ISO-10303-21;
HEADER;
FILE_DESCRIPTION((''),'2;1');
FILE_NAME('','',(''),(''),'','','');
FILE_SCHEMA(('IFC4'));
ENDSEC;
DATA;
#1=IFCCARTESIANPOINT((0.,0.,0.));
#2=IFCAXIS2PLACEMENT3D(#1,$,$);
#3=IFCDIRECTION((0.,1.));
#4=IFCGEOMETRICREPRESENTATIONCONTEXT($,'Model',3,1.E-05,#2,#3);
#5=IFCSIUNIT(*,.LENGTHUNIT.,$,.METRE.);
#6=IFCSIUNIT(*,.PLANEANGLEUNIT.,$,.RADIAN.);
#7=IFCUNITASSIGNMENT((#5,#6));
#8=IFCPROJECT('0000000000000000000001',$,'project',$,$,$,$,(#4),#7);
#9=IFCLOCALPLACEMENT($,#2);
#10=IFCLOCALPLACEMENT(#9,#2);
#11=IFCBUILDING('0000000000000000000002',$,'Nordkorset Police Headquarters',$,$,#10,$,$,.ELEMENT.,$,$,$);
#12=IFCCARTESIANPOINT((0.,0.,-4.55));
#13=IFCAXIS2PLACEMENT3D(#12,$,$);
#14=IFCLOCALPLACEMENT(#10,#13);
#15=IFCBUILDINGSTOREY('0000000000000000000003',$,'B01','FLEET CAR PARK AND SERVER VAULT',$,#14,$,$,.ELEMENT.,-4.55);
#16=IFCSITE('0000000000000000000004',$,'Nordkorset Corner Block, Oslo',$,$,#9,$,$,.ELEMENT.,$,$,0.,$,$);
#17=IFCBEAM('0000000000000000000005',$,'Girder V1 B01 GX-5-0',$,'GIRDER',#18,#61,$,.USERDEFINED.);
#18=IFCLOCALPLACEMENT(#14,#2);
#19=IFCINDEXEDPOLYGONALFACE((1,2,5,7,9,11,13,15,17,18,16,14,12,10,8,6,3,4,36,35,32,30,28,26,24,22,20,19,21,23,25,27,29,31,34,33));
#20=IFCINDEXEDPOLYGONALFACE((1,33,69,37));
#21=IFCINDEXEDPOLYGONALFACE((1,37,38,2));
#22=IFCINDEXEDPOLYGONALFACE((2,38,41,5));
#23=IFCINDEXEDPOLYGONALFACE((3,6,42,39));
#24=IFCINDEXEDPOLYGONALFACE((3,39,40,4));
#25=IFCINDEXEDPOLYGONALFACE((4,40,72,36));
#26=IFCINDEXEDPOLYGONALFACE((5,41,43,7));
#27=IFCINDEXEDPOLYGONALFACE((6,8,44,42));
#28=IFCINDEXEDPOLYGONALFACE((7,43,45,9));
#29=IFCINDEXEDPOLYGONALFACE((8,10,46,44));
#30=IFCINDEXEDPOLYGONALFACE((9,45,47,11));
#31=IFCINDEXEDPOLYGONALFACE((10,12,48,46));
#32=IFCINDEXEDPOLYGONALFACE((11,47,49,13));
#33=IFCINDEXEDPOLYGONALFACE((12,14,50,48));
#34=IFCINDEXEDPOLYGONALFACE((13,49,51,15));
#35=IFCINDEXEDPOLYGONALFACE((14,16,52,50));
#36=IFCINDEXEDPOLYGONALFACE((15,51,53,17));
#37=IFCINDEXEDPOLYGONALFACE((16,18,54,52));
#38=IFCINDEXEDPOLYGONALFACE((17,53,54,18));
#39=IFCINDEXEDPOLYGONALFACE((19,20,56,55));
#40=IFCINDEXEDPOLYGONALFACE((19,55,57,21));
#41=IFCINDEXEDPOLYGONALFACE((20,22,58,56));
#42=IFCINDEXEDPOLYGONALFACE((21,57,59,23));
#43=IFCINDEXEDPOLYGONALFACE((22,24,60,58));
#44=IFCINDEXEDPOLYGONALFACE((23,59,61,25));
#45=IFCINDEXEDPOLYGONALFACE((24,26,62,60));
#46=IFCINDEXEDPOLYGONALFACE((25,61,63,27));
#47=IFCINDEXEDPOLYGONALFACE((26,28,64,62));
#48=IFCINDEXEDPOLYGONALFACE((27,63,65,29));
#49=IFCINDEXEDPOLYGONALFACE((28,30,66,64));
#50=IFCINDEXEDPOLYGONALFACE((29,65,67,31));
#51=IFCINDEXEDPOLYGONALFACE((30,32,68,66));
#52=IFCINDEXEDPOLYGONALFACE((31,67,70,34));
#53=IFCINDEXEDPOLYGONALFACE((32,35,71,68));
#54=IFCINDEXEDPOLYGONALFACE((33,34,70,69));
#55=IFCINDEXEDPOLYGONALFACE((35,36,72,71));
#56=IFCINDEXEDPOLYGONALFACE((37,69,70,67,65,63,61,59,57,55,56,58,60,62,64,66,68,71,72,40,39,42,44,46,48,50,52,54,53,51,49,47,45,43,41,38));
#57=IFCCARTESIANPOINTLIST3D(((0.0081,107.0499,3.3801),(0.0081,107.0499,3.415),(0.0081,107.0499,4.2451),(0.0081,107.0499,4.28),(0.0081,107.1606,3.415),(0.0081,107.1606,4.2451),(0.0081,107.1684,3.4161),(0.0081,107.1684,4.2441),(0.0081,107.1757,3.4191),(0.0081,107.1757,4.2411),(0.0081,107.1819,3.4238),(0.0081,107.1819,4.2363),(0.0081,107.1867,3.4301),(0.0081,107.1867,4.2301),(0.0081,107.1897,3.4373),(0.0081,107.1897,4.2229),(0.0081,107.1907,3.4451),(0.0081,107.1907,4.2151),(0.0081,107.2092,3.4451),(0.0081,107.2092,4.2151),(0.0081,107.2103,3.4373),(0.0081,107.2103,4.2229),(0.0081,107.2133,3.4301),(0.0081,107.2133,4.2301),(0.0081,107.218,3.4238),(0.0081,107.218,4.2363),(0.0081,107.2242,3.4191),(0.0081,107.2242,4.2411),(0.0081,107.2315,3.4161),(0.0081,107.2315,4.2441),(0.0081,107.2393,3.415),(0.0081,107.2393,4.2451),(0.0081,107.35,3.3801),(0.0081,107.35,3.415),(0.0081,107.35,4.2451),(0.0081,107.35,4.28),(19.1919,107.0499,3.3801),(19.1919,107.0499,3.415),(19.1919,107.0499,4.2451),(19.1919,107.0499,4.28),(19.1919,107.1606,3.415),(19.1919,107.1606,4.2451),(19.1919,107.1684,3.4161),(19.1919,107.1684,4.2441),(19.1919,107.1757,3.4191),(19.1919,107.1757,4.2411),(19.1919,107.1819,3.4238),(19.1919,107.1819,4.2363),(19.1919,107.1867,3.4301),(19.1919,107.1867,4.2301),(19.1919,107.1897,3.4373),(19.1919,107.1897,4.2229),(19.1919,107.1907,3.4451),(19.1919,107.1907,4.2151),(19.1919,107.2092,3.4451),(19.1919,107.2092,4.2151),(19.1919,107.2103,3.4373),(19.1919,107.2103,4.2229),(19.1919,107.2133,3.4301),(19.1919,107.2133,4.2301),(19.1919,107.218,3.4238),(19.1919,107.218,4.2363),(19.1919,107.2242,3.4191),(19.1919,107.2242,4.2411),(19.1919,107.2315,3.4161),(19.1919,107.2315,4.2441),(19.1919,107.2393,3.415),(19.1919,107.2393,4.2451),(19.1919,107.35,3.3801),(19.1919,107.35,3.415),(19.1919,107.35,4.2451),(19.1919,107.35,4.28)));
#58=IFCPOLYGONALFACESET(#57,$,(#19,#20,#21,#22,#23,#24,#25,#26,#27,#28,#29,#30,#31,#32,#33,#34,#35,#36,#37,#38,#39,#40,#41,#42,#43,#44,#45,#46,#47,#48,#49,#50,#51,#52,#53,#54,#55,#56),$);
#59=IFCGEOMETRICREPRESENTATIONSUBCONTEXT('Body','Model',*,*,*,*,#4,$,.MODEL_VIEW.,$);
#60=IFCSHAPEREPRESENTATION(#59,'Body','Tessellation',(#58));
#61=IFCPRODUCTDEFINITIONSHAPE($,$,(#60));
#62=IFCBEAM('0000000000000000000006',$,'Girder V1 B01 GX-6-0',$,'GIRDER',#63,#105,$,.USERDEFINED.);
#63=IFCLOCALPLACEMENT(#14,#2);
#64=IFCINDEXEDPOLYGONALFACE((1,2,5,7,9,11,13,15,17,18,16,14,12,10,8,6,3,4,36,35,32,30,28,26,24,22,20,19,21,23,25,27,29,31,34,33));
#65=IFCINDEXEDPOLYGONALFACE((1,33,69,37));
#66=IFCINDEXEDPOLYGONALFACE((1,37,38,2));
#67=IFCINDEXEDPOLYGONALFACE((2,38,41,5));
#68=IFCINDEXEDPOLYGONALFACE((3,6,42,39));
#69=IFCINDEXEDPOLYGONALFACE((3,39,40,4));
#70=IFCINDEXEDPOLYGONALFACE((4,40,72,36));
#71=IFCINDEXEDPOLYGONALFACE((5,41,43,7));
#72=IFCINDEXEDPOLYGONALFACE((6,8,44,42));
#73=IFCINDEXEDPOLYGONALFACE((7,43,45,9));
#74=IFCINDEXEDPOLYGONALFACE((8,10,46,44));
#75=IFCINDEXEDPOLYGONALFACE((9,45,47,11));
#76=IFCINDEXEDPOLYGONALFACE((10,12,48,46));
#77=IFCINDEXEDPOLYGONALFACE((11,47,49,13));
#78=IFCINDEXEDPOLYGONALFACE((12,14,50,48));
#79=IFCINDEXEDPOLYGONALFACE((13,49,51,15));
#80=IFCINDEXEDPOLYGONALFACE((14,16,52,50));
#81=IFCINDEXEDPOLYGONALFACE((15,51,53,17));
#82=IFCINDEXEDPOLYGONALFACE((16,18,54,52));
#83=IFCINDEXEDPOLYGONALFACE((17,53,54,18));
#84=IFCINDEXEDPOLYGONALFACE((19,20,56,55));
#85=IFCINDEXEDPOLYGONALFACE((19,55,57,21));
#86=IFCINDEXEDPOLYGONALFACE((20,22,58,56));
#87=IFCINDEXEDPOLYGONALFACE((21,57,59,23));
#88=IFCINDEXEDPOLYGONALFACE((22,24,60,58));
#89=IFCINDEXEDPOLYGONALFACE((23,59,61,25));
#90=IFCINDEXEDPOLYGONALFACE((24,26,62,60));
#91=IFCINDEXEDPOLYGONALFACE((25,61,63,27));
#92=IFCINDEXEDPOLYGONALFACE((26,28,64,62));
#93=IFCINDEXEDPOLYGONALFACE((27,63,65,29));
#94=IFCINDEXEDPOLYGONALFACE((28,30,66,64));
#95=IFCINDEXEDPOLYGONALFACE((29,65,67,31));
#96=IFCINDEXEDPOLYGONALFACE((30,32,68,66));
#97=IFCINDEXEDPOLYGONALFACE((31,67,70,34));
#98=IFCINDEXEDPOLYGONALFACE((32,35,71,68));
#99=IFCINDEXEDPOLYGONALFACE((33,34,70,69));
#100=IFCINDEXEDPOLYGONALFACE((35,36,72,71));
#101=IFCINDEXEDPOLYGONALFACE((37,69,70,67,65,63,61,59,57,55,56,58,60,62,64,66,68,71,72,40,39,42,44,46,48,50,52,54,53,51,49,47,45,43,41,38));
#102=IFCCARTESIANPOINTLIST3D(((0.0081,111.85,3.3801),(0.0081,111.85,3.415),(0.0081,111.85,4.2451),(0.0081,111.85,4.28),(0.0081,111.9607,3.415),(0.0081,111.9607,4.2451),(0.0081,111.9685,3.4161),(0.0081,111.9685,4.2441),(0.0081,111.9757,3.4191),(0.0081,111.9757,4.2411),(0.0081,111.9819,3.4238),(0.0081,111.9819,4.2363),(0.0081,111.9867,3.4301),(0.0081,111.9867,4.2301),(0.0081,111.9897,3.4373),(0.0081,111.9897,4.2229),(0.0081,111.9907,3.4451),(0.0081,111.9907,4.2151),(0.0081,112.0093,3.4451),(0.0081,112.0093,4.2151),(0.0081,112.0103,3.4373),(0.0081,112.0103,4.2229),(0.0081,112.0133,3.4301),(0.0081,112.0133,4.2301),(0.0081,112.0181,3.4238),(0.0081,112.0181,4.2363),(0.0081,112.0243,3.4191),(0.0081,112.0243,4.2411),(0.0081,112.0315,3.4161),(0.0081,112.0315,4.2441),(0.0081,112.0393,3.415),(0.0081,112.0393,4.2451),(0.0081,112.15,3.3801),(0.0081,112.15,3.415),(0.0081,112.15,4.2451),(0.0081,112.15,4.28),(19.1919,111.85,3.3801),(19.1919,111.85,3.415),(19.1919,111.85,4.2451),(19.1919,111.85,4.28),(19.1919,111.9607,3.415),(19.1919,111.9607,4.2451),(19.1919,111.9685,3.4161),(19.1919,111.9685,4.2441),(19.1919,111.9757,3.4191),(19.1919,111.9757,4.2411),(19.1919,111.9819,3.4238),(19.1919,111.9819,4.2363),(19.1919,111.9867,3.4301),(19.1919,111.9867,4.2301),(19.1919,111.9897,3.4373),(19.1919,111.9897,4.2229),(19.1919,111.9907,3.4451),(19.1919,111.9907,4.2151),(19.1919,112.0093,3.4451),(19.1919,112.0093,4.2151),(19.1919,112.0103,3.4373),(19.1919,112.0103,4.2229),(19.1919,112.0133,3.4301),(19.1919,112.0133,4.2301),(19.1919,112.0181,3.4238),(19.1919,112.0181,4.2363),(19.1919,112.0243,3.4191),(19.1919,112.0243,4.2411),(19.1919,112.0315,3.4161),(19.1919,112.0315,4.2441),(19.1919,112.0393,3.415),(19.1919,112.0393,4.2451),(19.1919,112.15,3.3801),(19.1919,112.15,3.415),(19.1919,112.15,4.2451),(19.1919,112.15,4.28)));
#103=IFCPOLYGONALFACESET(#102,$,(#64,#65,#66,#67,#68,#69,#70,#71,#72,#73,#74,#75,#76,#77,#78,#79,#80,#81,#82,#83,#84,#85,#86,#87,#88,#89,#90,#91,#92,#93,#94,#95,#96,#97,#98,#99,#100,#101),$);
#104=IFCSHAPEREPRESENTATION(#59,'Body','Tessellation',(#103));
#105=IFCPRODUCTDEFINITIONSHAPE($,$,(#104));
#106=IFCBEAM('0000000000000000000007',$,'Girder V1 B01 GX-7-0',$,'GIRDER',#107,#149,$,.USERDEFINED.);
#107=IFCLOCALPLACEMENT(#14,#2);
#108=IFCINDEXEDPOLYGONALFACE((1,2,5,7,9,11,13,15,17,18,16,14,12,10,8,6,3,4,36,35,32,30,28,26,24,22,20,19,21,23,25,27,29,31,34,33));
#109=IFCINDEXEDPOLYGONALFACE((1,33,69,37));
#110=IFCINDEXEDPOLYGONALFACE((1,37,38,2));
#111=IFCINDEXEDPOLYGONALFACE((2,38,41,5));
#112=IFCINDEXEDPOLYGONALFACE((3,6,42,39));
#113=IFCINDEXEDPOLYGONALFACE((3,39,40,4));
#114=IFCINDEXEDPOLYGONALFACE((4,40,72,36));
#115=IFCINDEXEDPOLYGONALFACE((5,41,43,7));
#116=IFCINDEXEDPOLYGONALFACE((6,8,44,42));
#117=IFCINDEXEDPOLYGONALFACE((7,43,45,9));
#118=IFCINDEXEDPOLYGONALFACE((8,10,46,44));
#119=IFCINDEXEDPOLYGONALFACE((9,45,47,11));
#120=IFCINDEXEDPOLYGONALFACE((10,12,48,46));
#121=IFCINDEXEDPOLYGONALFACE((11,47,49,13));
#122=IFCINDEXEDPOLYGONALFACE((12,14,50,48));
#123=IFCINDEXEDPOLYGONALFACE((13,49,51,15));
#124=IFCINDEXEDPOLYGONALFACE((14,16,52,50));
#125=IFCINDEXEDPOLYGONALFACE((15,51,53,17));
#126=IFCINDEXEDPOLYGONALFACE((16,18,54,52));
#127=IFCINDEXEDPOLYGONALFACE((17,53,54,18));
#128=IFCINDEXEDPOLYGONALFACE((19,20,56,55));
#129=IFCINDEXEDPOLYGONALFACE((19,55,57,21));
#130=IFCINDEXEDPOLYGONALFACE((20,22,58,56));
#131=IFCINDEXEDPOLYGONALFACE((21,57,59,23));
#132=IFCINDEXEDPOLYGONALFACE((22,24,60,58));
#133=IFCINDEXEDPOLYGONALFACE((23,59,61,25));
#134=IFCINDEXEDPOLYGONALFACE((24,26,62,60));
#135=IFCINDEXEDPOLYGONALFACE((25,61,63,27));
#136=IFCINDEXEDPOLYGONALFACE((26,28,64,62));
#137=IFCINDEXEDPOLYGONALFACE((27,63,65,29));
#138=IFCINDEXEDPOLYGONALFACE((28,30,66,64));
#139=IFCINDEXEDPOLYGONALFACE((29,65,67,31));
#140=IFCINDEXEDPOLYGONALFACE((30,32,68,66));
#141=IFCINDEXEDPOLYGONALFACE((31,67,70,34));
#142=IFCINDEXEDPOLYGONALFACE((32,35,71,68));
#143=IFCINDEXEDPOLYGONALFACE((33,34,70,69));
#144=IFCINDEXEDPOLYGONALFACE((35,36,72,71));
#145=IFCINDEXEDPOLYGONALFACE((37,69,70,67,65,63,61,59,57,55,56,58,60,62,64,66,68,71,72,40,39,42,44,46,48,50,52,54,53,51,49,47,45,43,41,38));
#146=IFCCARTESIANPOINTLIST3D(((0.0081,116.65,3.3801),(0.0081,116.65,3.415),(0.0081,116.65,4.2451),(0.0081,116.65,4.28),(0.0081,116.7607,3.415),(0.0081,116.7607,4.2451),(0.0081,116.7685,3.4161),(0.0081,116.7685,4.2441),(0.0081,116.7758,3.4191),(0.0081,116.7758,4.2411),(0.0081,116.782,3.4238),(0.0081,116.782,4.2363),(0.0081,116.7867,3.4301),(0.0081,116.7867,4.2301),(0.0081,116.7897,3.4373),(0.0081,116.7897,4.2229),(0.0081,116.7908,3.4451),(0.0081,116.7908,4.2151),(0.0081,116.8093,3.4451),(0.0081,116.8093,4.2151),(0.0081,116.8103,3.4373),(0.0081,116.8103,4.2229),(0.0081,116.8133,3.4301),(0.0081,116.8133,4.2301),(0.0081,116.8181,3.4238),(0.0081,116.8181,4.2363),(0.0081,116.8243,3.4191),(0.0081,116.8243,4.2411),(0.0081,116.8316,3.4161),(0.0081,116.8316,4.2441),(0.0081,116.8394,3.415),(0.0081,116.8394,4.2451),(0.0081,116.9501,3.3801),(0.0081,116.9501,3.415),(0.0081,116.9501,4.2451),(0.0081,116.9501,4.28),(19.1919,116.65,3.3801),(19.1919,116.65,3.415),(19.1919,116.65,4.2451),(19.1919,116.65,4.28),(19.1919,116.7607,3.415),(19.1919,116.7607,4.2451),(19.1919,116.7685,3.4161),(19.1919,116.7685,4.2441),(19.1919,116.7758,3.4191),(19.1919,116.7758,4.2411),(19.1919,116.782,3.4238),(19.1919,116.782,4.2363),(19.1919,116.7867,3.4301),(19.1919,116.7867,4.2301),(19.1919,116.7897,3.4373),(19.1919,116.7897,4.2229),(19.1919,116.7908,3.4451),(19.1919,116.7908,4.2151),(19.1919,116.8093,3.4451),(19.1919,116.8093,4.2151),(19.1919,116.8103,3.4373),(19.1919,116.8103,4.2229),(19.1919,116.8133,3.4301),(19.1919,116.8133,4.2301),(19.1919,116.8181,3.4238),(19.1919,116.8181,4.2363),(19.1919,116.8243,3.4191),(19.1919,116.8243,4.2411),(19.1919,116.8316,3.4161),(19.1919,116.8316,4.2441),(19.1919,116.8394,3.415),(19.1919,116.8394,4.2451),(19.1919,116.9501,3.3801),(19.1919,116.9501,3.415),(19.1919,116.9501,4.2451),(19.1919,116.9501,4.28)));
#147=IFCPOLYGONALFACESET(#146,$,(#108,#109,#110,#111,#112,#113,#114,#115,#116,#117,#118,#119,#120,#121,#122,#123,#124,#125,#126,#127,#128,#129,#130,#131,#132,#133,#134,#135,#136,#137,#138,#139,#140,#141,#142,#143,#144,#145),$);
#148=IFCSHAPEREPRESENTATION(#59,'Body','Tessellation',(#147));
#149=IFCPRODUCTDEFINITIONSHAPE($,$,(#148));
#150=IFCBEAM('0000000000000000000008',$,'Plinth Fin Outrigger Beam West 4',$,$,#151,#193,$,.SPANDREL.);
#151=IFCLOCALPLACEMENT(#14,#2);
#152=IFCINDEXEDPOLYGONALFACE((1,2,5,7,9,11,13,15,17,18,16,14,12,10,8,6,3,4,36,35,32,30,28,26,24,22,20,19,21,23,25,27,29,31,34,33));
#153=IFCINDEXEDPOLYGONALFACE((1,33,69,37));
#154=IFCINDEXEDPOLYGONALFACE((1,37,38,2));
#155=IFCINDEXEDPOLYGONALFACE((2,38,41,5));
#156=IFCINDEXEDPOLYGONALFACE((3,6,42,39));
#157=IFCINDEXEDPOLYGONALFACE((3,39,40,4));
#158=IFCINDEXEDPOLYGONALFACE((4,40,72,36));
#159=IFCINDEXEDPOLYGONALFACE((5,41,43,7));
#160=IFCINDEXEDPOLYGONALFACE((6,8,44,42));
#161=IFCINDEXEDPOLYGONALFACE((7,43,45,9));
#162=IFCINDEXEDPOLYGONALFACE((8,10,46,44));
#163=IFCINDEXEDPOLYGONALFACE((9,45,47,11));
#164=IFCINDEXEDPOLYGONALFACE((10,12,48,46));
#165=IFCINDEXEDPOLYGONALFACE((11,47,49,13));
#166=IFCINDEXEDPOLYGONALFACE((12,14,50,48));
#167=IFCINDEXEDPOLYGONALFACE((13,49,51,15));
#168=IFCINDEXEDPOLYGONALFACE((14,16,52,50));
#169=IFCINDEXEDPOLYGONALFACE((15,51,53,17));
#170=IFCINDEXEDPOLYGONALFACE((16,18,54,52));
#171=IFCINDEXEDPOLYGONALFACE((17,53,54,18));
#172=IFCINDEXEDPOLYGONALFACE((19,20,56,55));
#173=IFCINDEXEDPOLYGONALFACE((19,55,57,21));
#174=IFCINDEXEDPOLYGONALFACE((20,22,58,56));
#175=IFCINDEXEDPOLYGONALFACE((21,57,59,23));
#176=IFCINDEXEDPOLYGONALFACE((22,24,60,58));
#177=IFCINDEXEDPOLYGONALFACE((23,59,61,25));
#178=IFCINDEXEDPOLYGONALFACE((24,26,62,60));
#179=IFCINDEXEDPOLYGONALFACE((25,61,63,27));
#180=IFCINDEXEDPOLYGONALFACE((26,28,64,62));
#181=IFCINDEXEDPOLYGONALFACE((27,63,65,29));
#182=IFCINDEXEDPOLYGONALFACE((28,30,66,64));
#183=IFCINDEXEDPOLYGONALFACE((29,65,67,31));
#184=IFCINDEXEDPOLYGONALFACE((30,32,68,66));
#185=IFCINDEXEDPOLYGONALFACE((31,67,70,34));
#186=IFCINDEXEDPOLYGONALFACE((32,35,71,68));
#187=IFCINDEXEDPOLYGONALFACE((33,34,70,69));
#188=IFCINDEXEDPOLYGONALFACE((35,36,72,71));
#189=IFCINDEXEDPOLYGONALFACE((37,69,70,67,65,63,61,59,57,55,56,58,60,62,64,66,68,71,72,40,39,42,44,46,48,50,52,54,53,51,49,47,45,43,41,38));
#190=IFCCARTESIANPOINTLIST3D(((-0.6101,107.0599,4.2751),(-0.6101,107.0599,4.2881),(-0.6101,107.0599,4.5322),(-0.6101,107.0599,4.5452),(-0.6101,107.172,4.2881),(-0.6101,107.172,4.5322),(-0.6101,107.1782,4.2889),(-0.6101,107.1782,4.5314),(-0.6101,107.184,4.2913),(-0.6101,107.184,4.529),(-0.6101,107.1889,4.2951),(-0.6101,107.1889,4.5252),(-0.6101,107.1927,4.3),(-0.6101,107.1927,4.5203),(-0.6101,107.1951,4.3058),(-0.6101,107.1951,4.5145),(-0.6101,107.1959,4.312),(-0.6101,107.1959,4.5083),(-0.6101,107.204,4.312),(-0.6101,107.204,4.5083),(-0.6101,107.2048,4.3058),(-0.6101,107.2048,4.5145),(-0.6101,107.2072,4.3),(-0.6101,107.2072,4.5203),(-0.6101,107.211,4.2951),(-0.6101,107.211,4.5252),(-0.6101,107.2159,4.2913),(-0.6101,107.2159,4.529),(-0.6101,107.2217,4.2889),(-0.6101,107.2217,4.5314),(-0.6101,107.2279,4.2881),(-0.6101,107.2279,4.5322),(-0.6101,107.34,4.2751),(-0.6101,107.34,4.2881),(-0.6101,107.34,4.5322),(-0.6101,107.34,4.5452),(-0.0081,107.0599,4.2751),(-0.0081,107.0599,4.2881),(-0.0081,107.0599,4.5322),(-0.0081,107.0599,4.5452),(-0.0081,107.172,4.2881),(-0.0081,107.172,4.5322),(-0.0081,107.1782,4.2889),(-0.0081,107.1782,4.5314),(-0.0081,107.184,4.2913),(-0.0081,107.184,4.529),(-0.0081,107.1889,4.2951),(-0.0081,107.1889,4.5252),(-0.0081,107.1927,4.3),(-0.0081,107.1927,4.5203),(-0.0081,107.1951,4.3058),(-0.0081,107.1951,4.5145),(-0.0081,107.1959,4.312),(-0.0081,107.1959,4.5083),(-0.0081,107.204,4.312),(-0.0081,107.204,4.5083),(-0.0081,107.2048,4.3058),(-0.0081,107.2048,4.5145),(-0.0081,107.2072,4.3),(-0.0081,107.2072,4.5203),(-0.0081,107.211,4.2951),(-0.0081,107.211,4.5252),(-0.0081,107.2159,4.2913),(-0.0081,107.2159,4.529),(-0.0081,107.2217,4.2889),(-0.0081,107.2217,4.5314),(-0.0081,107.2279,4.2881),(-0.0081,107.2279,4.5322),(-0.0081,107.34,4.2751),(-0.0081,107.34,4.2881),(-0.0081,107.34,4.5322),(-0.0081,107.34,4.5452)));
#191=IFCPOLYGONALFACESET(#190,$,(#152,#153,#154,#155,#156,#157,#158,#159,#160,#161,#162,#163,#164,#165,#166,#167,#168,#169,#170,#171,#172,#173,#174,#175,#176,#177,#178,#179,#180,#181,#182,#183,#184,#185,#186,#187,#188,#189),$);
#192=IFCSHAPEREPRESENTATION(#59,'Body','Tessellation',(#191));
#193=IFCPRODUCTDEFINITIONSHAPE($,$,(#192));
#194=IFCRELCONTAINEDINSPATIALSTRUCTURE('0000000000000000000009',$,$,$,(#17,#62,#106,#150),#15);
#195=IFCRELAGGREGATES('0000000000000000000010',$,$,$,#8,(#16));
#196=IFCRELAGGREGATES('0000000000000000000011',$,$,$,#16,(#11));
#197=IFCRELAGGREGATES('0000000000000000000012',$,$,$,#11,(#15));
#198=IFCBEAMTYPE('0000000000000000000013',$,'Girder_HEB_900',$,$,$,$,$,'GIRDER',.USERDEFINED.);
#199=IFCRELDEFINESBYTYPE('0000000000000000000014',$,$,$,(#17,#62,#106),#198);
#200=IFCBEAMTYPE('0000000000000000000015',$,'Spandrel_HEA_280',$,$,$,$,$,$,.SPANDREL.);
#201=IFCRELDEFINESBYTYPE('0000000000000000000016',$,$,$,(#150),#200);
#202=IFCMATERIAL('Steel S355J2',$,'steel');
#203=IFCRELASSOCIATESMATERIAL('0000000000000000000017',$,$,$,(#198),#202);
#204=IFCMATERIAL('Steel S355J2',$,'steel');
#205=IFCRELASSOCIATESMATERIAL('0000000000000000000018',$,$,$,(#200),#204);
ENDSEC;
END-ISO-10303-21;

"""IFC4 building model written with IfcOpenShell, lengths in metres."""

from ifc_helpers import new_model, si_unit, direction, frame, origin, origin_2d, place, context, subcontext, project, spatial, i_section, extrude, material, material_profile, profile_set, type_object, element, save


model = new_model("IFC4")

# Units and contexts
model_context = context("Model", 3, precision=1e-05, world=origin(), true_north=direction((0.0, 1.0)))
body_context = subcontext(model_context, "Body", "Model", "MODEL_VIEW")
ifc_project = project(units=[si_unit("LENGTHUNIT", "METRE"), si_unit("PLANEANGLEUNIT", "RADIAN")], contexts=[model_context])

# Site, building, storey
site_placement = place(None, origin())
site = spatial("IfcSite", under=ifc_project, at=site_placement, Name="Nordkorset Corner Block, Oslo", CompositionType="ELEMENT", RefElevation=0.0)
building_placement = place(site_placement, origin())
building = spatial("IfcBuilding", under=site, at=building_placement, Name="Nordkorset Police Headquarters", CompositionType="ELEMENT")
storey_placement = place(building_placement, frame((0.0, 0.0, -4.55)))
storey = spatial("IfcBuildingStorey", under=building, at=storey_placement, Name="B01", Description="FLEET CAR PARK AND SERVER VAULT", CompositionType="ELEMENT", Elevation=-4.55)

# Beams
ifc_material_1 = material(Name="Steel S355J2", Category="steel")
ifc_material_profile_1 = material_profile(ifc_material_1, i_section(OverallWidth=0.3, OverallDepth=0.8999, WebThickness=0.0186, FlangeThickness=0.0349, FilletRadius=0.03, at=origin_2d()), Name="HEB 900")
ifc_profile_set_1 = profile_set([ifc_material_profile_1], Name="Steel S355J2")
beam_type_1 = type_object("IfcBeamType", Name="Girder_HEB_900", ElementType="GIRDER", PredefinedType="USERDEFINED", material=ifc_profile_set_1)
for number, where, z_axis, x_axis, name in (
    (1, (0.0081, 107.2, 3.8301), (1.0, 0.0, 0.0), (0.0, 1.0, 0.0), "Girder V1 B01 GX-5-0"),
    (2, (0.0081, 112.0, 3.8301), (1.0, 0.0, 0.0), (0.0, 1.0, 0.0), "Girder V1 B01 GX-6-0"),
    (3, (0.0081, 116.8, 3.8301), (1.0, 0.0, 0.0), (0.0, 1.0, 0.0), "Girder V1 B01 GX-7-0"),
):
    element("IfcBeam", number, at=place(storey_placement, frame(where, z_axis=z_axis, x_axis=x_axis)), inside=storey, type_object=beam_type_1, Name=name, ObjectType="GIRDER", PredefinedType="USERDEFINED", context=body_context, shape_type="SweptSolid", body=[
        extrude(i_section(OverallWidth=0.3, OverallDepth=0.8999, WebThickness=0.0186, FlangeThickness=0.0349, FilletRadius=0.03, at=origin_2d()), origin(), (0.0, 0.0, 1.0), 19.1838),
    ])
ifc_material_2 = material(Name="Steel S355J2", Category="steel")
ifc_material_profile_2 = material_profile(ifc_material_2, i_section(OverallWidth=0.28, OverallDepth=0.27, WebThickness=0.0081, FlangeThickness=0.0129, FilletRadius=0.0239, at=origin_2d()), Name="HEA 280")
ifc_profile_set_2 = profile_set([ifc_material_profile_2], Name="Steel S355J2")
beam_type_2 = type_object("IfcBeamType", Name="Spandrel_HEA_280", PredefinedType="SPANDREL", material=ifc_profile_set_2)
for number, where, z_axis, x_axis, name in (
    (4, (-0.0081, 107.2, 4.4102), (-1.0, 0.0, 0.0), (0.0, -1.0, 0.0), "Plinth Fin Outrigger Beam West 4"),
):
    element("IfcBeam", number, at=place(storey_placement, frame(where, z_axis=z_axis, x_axis=x_axis)), inside=storey, type_object=beam_type_2, Name=name, PredefinedType="SPANDREL", context=body_context, shape_type="SweptSolid", body=[
        extrude(i_section(OverallWidth=0.28, OverallDepth=0.27, WebThickness=0.0081, FlangeThickness=0.0129, FilletRadius=0.0239, at=origin_2d()), origin(), (0.0, 0.0, 1.0), 0.6021),
    ])

save(model, "model.ifc")
